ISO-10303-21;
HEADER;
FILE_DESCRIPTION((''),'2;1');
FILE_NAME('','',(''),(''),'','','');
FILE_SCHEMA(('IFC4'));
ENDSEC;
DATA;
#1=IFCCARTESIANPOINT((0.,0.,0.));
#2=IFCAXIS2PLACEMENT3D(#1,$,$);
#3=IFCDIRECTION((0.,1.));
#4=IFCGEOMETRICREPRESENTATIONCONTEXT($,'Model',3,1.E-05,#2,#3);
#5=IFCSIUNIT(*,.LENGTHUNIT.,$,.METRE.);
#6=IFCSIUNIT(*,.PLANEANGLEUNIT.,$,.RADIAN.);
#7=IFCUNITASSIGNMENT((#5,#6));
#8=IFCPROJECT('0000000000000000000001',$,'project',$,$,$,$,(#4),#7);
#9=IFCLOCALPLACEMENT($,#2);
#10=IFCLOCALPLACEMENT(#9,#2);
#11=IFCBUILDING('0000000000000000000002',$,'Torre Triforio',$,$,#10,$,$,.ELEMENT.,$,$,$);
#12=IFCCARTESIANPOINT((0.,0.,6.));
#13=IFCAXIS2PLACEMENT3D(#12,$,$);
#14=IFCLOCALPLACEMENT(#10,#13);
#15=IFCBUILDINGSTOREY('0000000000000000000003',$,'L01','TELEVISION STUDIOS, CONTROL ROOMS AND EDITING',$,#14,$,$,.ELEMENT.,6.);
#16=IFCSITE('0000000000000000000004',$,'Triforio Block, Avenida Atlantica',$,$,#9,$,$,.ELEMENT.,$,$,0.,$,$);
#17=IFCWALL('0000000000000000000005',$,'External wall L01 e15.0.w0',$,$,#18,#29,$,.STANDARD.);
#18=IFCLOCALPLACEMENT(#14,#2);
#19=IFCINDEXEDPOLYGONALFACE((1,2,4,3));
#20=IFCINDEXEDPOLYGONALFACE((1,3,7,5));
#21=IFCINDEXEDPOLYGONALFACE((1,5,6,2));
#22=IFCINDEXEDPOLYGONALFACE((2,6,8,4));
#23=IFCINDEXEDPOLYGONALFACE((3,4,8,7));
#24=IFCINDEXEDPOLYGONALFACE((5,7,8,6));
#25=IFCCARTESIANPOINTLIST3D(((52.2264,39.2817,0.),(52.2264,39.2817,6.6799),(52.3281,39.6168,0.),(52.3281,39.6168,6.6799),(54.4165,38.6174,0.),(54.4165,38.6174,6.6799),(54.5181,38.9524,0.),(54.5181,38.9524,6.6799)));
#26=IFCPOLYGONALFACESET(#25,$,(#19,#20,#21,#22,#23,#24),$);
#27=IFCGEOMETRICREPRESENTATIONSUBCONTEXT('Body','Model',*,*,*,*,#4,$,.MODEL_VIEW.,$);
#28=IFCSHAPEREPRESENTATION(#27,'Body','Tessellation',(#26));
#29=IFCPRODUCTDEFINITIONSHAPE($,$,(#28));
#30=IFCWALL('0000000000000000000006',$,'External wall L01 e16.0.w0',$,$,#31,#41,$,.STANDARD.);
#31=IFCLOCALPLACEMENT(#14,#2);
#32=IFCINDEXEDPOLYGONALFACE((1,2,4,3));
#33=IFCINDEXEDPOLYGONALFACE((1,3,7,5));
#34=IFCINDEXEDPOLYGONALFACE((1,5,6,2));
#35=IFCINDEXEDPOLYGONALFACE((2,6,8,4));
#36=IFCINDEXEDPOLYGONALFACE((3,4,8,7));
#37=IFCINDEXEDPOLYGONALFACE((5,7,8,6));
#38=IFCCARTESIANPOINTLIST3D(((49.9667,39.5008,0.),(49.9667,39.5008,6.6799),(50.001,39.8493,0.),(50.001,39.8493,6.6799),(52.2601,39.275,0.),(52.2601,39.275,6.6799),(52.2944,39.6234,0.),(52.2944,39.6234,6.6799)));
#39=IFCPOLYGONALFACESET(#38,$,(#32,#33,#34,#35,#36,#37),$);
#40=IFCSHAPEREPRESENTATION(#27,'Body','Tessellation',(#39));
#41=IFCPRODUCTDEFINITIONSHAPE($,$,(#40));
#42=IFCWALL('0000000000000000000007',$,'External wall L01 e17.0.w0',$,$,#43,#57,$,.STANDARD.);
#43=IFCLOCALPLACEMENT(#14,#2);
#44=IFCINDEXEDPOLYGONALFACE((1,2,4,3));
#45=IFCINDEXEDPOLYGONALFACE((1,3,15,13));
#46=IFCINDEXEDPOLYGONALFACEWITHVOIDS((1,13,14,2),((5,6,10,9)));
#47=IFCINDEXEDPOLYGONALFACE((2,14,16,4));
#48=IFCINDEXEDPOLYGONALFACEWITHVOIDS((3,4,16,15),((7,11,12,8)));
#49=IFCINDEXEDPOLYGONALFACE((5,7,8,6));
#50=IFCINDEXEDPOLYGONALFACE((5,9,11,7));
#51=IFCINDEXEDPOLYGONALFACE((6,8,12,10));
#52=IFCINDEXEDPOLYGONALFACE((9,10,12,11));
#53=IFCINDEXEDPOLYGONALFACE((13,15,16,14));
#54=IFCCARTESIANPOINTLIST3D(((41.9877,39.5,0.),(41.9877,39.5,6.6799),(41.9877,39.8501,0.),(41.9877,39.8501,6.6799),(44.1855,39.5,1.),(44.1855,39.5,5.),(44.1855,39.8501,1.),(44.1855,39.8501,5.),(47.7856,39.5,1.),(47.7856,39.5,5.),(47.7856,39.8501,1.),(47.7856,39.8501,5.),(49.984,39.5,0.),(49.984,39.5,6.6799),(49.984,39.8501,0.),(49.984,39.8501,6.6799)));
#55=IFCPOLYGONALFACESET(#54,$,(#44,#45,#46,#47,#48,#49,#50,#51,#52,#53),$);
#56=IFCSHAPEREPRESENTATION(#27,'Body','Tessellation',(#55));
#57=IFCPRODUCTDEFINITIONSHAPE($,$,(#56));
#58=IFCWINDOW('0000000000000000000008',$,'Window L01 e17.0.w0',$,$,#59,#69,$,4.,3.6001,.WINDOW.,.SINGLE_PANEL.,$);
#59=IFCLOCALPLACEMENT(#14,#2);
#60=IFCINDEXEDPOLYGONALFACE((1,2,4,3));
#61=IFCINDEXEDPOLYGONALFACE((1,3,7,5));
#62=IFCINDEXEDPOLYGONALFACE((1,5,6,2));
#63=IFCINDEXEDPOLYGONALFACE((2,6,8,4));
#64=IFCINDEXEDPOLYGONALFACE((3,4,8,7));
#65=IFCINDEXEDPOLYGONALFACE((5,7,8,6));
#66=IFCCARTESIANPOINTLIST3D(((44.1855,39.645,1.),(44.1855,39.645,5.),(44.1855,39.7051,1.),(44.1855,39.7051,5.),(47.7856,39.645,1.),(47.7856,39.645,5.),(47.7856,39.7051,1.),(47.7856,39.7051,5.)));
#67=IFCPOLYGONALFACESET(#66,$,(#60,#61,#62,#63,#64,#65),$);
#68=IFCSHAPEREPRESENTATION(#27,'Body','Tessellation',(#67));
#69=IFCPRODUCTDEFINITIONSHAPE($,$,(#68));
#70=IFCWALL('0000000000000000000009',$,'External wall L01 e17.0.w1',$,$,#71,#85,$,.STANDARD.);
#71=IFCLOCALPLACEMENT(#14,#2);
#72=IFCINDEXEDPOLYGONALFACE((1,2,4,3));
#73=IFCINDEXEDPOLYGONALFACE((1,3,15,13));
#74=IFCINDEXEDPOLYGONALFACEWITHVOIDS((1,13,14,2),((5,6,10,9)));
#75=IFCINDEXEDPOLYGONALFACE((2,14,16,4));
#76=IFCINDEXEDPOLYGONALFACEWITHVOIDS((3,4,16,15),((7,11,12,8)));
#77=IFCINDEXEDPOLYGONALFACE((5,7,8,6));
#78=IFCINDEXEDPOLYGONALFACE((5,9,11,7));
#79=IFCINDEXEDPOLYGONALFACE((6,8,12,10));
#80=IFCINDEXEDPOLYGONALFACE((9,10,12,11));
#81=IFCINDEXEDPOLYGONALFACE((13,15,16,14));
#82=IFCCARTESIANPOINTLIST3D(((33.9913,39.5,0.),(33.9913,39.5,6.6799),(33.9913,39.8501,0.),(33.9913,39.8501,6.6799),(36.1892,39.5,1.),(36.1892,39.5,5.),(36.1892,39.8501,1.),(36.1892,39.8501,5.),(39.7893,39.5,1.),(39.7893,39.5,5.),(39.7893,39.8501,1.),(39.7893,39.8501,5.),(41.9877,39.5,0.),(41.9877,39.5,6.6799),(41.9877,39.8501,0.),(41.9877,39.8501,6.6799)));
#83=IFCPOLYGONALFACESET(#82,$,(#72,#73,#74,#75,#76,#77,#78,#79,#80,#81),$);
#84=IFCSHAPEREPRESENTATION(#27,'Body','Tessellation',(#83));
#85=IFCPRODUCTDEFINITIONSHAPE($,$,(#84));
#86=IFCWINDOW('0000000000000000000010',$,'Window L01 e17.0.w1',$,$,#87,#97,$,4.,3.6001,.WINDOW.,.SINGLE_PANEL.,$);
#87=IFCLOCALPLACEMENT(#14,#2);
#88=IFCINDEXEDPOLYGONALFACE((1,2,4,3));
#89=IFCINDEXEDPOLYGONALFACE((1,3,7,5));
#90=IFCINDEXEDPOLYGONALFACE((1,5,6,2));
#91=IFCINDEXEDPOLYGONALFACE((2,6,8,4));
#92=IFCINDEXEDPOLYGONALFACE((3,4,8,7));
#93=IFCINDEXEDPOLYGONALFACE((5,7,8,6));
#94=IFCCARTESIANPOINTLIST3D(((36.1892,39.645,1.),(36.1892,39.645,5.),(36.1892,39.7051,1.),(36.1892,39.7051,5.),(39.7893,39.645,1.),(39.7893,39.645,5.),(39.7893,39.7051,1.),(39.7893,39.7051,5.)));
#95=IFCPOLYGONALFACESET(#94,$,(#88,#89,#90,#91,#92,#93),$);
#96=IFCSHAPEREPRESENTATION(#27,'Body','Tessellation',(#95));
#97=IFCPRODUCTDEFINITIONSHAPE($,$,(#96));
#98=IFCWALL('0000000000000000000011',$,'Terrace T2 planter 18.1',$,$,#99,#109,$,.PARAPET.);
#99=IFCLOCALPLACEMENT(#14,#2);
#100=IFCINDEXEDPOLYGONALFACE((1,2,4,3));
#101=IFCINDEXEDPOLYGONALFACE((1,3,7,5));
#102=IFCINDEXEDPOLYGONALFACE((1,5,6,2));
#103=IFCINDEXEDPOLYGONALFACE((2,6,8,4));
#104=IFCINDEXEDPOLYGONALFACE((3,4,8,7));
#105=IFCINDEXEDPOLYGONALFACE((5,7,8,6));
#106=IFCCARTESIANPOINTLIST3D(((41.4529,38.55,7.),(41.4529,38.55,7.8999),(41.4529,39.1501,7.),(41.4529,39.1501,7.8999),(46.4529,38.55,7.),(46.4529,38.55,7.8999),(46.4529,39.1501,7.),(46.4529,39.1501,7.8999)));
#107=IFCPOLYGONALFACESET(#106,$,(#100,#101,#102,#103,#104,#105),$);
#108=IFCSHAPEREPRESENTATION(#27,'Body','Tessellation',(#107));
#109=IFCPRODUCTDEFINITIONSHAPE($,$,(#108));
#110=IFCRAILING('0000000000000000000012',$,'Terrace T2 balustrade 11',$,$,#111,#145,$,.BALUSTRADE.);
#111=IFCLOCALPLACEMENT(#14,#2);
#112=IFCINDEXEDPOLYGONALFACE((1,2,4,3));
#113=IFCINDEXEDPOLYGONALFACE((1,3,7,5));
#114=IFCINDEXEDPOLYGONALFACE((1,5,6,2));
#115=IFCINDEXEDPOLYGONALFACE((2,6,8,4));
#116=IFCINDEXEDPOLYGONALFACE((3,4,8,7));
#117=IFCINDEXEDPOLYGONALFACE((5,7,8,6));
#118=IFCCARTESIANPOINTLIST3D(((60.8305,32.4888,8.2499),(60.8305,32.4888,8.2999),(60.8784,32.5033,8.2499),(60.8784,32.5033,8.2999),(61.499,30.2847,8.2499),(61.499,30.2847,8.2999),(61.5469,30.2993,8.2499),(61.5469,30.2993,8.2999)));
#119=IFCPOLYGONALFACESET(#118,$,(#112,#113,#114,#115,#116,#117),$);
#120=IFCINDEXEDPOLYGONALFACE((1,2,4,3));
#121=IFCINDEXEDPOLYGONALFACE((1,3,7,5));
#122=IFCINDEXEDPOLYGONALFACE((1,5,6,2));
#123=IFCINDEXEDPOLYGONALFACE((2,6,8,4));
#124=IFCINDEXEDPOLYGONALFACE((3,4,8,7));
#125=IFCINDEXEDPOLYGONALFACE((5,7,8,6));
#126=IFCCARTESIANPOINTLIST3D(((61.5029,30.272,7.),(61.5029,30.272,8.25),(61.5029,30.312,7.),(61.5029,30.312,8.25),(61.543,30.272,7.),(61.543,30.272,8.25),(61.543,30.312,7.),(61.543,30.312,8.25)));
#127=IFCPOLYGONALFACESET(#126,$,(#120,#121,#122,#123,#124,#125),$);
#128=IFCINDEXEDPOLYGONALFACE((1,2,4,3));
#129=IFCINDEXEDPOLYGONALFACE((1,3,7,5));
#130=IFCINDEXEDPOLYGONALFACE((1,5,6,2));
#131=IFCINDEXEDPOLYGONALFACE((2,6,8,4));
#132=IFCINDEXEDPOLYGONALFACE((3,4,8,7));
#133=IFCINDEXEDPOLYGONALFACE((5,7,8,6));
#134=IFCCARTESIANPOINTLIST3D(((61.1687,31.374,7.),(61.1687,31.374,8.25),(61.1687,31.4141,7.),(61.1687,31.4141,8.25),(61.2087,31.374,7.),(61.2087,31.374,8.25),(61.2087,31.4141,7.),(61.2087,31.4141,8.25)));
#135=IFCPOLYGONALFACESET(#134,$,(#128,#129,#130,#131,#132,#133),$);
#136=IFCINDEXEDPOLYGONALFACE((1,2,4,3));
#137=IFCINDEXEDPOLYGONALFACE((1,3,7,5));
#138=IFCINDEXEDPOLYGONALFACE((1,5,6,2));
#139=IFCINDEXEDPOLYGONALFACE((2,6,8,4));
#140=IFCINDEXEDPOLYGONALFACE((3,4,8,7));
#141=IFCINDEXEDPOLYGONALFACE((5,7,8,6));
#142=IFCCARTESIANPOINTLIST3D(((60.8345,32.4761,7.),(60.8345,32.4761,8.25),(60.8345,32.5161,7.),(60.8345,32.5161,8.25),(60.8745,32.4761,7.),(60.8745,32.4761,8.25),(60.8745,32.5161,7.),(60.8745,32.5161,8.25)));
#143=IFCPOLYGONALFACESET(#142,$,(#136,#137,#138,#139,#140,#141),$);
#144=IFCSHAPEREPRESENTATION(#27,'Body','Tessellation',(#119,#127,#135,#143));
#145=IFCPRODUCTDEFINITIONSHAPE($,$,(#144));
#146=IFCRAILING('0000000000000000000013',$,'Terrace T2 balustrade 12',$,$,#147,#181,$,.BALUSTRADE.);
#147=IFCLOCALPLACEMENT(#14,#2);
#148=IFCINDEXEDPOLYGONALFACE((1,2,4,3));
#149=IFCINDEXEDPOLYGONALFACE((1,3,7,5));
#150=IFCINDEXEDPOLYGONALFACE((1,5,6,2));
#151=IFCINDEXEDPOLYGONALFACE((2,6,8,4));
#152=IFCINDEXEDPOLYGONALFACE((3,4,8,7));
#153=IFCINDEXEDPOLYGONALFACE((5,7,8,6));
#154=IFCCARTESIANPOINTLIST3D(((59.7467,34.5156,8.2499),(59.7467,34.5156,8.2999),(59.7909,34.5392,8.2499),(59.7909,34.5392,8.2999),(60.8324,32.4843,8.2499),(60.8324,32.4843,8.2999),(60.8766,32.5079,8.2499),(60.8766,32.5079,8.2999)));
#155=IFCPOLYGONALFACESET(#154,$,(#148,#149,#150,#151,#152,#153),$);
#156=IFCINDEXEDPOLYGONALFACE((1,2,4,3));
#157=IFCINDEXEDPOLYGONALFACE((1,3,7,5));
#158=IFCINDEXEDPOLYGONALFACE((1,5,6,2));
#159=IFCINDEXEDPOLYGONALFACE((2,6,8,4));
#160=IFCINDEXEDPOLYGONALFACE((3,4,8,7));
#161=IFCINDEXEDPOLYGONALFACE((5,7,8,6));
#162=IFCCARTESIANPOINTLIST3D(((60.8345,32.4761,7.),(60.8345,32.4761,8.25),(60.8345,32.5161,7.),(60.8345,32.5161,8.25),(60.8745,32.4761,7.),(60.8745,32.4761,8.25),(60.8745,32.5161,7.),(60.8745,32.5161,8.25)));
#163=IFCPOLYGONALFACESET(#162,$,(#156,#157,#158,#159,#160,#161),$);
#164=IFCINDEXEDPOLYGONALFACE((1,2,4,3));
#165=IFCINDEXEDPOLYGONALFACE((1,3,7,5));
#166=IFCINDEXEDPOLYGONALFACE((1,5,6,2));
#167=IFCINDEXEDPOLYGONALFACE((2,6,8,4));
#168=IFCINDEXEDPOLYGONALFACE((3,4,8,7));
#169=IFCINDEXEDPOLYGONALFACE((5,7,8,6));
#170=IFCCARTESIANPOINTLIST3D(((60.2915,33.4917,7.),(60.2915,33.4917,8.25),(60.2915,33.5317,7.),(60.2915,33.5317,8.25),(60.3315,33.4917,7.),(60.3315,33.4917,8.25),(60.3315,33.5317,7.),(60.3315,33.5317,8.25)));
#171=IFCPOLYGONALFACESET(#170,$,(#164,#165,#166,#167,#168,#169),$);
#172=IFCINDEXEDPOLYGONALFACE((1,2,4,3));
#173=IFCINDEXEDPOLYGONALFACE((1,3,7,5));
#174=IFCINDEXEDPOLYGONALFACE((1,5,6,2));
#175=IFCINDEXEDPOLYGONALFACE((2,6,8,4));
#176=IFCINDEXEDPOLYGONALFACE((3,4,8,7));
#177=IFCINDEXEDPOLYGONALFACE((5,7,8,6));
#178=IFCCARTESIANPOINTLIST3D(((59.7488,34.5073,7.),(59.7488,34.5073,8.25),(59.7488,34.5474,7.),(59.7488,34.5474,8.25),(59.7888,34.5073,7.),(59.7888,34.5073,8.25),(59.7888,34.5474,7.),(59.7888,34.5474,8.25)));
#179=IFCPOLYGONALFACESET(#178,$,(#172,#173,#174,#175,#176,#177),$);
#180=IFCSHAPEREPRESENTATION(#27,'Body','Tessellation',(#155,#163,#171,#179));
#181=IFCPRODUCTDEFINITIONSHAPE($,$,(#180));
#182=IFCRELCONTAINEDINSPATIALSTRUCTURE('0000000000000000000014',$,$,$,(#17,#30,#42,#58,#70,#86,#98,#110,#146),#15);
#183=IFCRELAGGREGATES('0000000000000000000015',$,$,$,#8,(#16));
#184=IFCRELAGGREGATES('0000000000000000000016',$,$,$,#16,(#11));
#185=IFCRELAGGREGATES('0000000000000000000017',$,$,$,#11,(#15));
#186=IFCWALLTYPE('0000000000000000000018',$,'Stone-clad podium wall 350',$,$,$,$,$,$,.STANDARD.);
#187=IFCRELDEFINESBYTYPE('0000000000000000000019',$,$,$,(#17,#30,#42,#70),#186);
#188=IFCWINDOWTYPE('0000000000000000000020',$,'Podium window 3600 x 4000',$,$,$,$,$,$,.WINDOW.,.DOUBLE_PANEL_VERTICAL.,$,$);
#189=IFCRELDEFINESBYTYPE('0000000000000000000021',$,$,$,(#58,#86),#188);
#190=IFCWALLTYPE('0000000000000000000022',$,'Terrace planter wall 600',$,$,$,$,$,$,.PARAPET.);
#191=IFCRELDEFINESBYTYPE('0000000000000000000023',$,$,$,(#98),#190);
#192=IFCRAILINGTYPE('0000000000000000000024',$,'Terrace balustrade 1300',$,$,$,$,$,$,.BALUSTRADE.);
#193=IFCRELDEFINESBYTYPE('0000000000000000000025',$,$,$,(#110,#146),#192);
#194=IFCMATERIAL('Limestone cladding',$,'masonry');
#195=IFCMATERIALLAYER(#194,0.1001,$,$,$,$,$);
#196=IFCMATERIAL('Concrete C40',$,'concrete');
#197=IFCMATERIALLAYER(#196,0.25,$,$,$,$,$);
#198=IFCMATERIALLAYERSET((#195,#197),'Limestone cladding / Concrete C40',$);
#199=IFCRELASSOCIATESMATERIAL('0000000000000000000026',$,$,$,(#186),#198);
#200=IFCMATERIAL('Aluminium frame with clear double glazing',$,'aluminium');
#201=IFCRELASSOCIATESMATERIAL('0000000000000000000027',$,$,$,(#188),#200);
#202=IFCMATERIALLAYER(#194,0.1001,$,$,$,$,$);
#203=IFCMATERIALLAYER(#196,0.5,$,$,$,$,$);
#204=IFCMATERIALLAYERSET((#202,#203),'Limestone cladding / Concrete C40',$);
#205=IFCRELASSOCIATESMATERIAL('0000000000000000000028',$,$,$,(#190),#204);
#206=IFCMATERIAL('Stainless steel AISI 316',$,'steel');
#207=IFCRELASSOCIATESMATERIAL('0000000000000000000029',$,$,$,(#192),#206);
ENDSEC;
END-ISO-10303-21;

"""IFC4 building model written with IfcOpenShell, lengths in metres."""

from ifc_helpers import new_model, si_unit, direction, frame, frame_2d, origin, origin_2d, place, context, subcontext, project, spatial, rectangle, extrude, material, layer, layer_set, type_object, element, fill, save


model = new_model("IFC4")

# Units and contexts
model_context = context("Model", 3, precision=1e-05, world=origin(), true_north=direction((0.0, 1.0)))
body_context = subcontext(model_context, "Body", "Model", "MODEL_VIEW")
ifc_project = project(units=[si_unit("LENGTHUNIT", "METRE"), si_unit("PLANEANGLEUNIT", "RADIAN")], contexts=[model_context])

# Site, building, storey
site_placement = place(None, origin())
site = spatial("IfcSite", under=ifc_project, at=site_placement, Name="Triforio Block, Avenida Atlantica", CompositionType="ELEMENT", RefElevation=0.0)
building_placement = place(site_placement, origin())
building = spatial("IfcBuilding", under=site, at=building_placement, Name="Torre Triforio", CompositionType="ELEMENT")
storey_placement = place(building_placement, frame((0.0, 0.0, 6.0)))
storey = spatial("IfcBuildingStorey", under=building, at=storey_placement, Name="L01", Description="TELEVISION STUDIOS, CONTROL ROOMS AND EDITING", CompositionType="ELEMENT", Elevation=6.0)

# Walls
ifc_material_1 = material(Name="Limestone cladding", Category="masonry")
ifc_layer_1 = layer(ifc_material_1, 0.1001)
ifc_material_2 = material(Name="Concrete C40", Category="concrete")
ifc_layer_2 = layer(ifc_material_2, 0.25)
ifc_layer_set_1 = layer_set([ifc_layer_1, ifc_layer_2], Name="Limestone cladding / Concrete C40")
wall_type_1 = type_object("IfcWallType", Name="Stone-clad podium wall 350", PredefinedType="STANDARD", material=ifc_layer_set_1)
wall_1_placement = place(storey_placement, frame((54.4673, 38.7849, 0.0), z_axis=(0.0, 0.0, 1.0), x_axis=(-0.956941, 0.290283, 0.0)))
element("IfcWall", 1, at=wall_1_placement, inside=storey, type_object=wall_type_1, Name="External wall L01 e15.0.w0", PredefinedType="STANDARD", context=body_context, shape_type="SweptSolid", body=[
    extrude(rectangle(XDim=2.2886, YDim=0.3501, at=frame_2d((1.1443, 0.0))), origin(), (0.0, 0.0, 1.0), 6.6799),
])
wall_2_placement = place(storey_placement, frame((52.2773, 39.4492, 0.0), z_axis=(0.0, 0.0, 1.0), x_axis=(-0.995187, 0.097993, 0.0)))
element("IfcWall", 2, at=wall_2_placement, inside=storey, type_object=wall_type_1, Name="External wall L01 e16.0.w0", PredefinedType="STANDARD", context=body_context, shape_type="SweptSolid", body=[
    extrude(rectangle(XDim=2.3044, YDim=0.3501, at=frame_2d((1.1523, 0.0))), origin(), (0.0, 0.0, 1.0), 6.6799),
])

# Walls, openings, windows
wall_3_placement = place(storey_placement, frame((49.9839, 39.675, 0.0), z_axis=(0.0, 0.0, 1.0), x_axis=(-1.0, 0.0, 0.0)))
wall_3 = element("IfcWall", 3, at=wall_3_placement, inside=storey, type_object=wall_type_1, Name="External wall L01 e17.0.w0", PredefinedType="STANDARD", context=body_context, shape_type="SweptSolid", body=[
    extrude(rectangle(XDim=7.9963, YDim=0.3501, at=frame_2d((3.998, 0.0))), origin(), (0.0, 0.0, 1.0), 6.6799),
])
opening_1_placement = place(wall_3_placement, frame((2.1982, 0.0, 1.0)))
opening_1 = element("IfcOpeningElement", 4, at=opening_1_placement, cuts=wall_3, PredefinedType="OPENING", context=body_context, shape_type="SweptSolid", body=[
    extrude(rectangle(XDim=3.6001, YDim=4.0, at=frame_2d((1.8, 2.0))), frame((0.0, 0.1851, 0.0), z_axis=(0.0, -1.0, 0.0), x_axis=(1.0, 0.0, 0.0)), (0.0, 0.0, 1.0), 0.3701),
])
ifc_material_3 = material(Name="Aluminium frame with clear double glazing", Category="aluminium")
window_type = type_object("IfcWindowType", Name="Podium window 3600 x 4000", PartitioningType="DOUBLE_PANEL_VERTICAL", PredefinedType="WINDOW", material=ifc_material_3)
window_1_placement = place(opening_1_placement, origin())
window_1 = element("IfcWindow", 5, at=window_1_placement, inside=storey, type_object=window_type, Name="Window L01 e17.0.w0", OverallHeight=4.0, OverallWidth=3.6001, PartitioningType="SINGLE_PANEL", PredefinedType="WINDOW", context=body_context, shape_type="SweptSolid", body=[
    extrude(rectangle(XDim=3.6001, YDim=4.0, at=frame_2d((1.8, 2.0))), frame((0.0, 0.03, 0.0), z_axis=(0.0, -1.0, 0.0), x_axis=(1.0, 0.0, 0.0)), (0.0, 0.0, 1.0), 0.0601),
])
fill(opening_1, window_1)
wall_4_placement = place(storey_placement, frame((41.9875, 39.675, 0.0), z_axis=(0.0, 0.0, 1.0), x_axis=(-1.0, 0.0, 0.0)))
wall_4 = element("IfcWall", 6, at=wall_4_placement, inside=storey, type_object=wall_type_1, Name="External wall L01 e17.0.w1", PredefinedType="STANDARD", context=body_context, shape_type="SweptSolid", body=[
    extrude(rectangle(XDim=7.9963, YDim=0.3501, at=frame_2d((3.998, 0.0))), origin(), (0.0, 0.0, 1.0), 6.6799),
])
opening_2_placement = place(wall_4_placement, frame((2.1982, 0.0, 1.0)))
opening_2 = element("IfcOpeningElement", 7, at=opening_2_placement, cuts=wall_4, PredefinedType="OPENING", context=body_context, shape_type="SweptSolid", body=[
    extrude(rectangle(XDim=3.6001, YDim=4.0, at=frame_2d((1.8, 2.0))), frame((0.0, 0.1851, 0.0), z_axis=(0.0, -1.0, 0.0), x_axis=(1.0, 0.0, 0.0)), (0.0, 0.0, 1.0), 0.3701),
])
window_2_placement = place(opening_2_placement, origin())
window_2 = element("IfcWindow", 8, at=window_2_placement, inside=storey, type_object=window_type, Name="Window L01 e17.0.w1", OverallHeight=4.0, OverallWidth=3.6001, PartitioningType="SINGLE_PANEL", PredefinedType="WINDOW", context=body_context, shape_type="SweptSolid", body=[
    extrude(rectangle(XDim=3.6001, YDim=4.0, at=frame_2d((1.8, 2.0))), frame((0.0, 0.03, 0.0), z_axis=(0.0, -1.0, 0.0), x_axis=(1.0, 0.0, 0.0)), (0.0, 0.0, 1.0), 0.0601),
])
fill(opening_2, window_2)

# Wall
ifc_layer_3 = layer(ifc_material_1, 0.1001)
ifc_layer_4 = layer(ifc_material_2, 0.5)
ifc_layer_set_2 = layer_set([ifc_layer_3, ifc_layer_4], Name="Limestone cladding / Concrete C40")
wall_type_2 = type_object("IfcWallType", Name="Terrace planter wall 600", PredefinedType="PARAPET", material=ifc_layer_set_2)
wall_5_placement = place(storey_placement, frame((46.4529, 38.8501, 7.0), z_axis=(0.0, 0.0, 1.0), x_axis=(-1.0, 0.0, 0.0)))
element("IfcWall", 9, at=wall_5_placement, inside=storey, type_object=wall_type_2, Name="Terrace T2 planter 18.1", PredefinedType="PARAPET", context=body_context, shape_type="SweptSolid", body=[
    extrude(rectangle(XDim=5.0, YDim=0.6001, at=frame_2d((2.5, 0.0))), origin(), (0.0, 0.0, 1.0), 0.8999),
])

# Railings
ifc_material_4 = material(Name="Stainless steel AISI 316", Category="steel")
railing_type = type_object("IfcRailingType", Name="Terrace balustrade 1300", PredefinedType="BALUSTRADE", material=ifc_material_4)
railing_1_placement = place(storey_placement, frame((61.5229, 30.292, 7.0)))
element("IfcRailing", 10, at=railing_1_placement, inside=storey, type_object=railing_type, Name="Terrace T2 balustrade 11", PredefinedType="BALUSTRADE", context=body_context, shape_type="SweptSolid", body=[
    extrude(rectangle(XDim=0.05, YDim=0.05, at=origin_2d()), frame((0.0, 0.0, 1.2749), z_axis=(-0.290225, 0.956958, 0.0), x_axis=(-0.956958, -0.290225, 0.0)), (0.0, 0.0, 1.0), 2.3032),
    extrude(rectangle(XDim=0.04, YDim=0.04, at=origin_2d()), origin(), (0.0, 0.0, 1.0), 1.25),
    extrude(rectangle(XDim=0.04, YDim=0.04, at=origin_2d()), frame((-0.3342, 1.1021, 0.0)), (0.0, 0.0, 1.0), 1.25),
    extrude(rectangle(XDim=0.04, YDim=0.04, at=origin_2d()), frame((-0.6685, 2.2041, 0.0)), (0.0, 0.0, 1.0), 1.25),
])
railing_2_placement = place(storey_placement, frame((60.8545, 32.4961, 7.0)))
element("IfcRailing", 11, at=railing_2_placement, inside=storey, type_object=railing_type, Name="Terrace T2 balustrade 12", PredefinedType="BALUSTRADE", context=body_context, shape_type="SweptSolid", body=[
    extrude(rectangle(XDim=0.05, YDim=0.05, at=origin_2d()), frame((0.0, 0.0, 1.2749), z_axis=(-0.471386, 0.881927, 0.0), x_axis=(-0.881927, -0.471386, 0.0)), (0.0, 0.0, 1.0), 2.3032),
    extrude(rectangle(XDim=0.04, YDim=0.04, at=origin_2d()), origin(), (0.0, 0.0, 1.0), 1.25),
    extrude(rectangle(XDim=0.04, YDim=0.04, at=origin_2d()), frame((-0.543, 1.0156, 0.0)), (0.0, 0.0, 1.0), 1.25),
    extrude(rectangle(XDim=0.04, YDim=0.04, at=origin_2d()), frame((-1.0857, 2.0312, 0.0)), (0.0, 0.0, 1.0), 1.25),
])

save(model, "model.ifc")
